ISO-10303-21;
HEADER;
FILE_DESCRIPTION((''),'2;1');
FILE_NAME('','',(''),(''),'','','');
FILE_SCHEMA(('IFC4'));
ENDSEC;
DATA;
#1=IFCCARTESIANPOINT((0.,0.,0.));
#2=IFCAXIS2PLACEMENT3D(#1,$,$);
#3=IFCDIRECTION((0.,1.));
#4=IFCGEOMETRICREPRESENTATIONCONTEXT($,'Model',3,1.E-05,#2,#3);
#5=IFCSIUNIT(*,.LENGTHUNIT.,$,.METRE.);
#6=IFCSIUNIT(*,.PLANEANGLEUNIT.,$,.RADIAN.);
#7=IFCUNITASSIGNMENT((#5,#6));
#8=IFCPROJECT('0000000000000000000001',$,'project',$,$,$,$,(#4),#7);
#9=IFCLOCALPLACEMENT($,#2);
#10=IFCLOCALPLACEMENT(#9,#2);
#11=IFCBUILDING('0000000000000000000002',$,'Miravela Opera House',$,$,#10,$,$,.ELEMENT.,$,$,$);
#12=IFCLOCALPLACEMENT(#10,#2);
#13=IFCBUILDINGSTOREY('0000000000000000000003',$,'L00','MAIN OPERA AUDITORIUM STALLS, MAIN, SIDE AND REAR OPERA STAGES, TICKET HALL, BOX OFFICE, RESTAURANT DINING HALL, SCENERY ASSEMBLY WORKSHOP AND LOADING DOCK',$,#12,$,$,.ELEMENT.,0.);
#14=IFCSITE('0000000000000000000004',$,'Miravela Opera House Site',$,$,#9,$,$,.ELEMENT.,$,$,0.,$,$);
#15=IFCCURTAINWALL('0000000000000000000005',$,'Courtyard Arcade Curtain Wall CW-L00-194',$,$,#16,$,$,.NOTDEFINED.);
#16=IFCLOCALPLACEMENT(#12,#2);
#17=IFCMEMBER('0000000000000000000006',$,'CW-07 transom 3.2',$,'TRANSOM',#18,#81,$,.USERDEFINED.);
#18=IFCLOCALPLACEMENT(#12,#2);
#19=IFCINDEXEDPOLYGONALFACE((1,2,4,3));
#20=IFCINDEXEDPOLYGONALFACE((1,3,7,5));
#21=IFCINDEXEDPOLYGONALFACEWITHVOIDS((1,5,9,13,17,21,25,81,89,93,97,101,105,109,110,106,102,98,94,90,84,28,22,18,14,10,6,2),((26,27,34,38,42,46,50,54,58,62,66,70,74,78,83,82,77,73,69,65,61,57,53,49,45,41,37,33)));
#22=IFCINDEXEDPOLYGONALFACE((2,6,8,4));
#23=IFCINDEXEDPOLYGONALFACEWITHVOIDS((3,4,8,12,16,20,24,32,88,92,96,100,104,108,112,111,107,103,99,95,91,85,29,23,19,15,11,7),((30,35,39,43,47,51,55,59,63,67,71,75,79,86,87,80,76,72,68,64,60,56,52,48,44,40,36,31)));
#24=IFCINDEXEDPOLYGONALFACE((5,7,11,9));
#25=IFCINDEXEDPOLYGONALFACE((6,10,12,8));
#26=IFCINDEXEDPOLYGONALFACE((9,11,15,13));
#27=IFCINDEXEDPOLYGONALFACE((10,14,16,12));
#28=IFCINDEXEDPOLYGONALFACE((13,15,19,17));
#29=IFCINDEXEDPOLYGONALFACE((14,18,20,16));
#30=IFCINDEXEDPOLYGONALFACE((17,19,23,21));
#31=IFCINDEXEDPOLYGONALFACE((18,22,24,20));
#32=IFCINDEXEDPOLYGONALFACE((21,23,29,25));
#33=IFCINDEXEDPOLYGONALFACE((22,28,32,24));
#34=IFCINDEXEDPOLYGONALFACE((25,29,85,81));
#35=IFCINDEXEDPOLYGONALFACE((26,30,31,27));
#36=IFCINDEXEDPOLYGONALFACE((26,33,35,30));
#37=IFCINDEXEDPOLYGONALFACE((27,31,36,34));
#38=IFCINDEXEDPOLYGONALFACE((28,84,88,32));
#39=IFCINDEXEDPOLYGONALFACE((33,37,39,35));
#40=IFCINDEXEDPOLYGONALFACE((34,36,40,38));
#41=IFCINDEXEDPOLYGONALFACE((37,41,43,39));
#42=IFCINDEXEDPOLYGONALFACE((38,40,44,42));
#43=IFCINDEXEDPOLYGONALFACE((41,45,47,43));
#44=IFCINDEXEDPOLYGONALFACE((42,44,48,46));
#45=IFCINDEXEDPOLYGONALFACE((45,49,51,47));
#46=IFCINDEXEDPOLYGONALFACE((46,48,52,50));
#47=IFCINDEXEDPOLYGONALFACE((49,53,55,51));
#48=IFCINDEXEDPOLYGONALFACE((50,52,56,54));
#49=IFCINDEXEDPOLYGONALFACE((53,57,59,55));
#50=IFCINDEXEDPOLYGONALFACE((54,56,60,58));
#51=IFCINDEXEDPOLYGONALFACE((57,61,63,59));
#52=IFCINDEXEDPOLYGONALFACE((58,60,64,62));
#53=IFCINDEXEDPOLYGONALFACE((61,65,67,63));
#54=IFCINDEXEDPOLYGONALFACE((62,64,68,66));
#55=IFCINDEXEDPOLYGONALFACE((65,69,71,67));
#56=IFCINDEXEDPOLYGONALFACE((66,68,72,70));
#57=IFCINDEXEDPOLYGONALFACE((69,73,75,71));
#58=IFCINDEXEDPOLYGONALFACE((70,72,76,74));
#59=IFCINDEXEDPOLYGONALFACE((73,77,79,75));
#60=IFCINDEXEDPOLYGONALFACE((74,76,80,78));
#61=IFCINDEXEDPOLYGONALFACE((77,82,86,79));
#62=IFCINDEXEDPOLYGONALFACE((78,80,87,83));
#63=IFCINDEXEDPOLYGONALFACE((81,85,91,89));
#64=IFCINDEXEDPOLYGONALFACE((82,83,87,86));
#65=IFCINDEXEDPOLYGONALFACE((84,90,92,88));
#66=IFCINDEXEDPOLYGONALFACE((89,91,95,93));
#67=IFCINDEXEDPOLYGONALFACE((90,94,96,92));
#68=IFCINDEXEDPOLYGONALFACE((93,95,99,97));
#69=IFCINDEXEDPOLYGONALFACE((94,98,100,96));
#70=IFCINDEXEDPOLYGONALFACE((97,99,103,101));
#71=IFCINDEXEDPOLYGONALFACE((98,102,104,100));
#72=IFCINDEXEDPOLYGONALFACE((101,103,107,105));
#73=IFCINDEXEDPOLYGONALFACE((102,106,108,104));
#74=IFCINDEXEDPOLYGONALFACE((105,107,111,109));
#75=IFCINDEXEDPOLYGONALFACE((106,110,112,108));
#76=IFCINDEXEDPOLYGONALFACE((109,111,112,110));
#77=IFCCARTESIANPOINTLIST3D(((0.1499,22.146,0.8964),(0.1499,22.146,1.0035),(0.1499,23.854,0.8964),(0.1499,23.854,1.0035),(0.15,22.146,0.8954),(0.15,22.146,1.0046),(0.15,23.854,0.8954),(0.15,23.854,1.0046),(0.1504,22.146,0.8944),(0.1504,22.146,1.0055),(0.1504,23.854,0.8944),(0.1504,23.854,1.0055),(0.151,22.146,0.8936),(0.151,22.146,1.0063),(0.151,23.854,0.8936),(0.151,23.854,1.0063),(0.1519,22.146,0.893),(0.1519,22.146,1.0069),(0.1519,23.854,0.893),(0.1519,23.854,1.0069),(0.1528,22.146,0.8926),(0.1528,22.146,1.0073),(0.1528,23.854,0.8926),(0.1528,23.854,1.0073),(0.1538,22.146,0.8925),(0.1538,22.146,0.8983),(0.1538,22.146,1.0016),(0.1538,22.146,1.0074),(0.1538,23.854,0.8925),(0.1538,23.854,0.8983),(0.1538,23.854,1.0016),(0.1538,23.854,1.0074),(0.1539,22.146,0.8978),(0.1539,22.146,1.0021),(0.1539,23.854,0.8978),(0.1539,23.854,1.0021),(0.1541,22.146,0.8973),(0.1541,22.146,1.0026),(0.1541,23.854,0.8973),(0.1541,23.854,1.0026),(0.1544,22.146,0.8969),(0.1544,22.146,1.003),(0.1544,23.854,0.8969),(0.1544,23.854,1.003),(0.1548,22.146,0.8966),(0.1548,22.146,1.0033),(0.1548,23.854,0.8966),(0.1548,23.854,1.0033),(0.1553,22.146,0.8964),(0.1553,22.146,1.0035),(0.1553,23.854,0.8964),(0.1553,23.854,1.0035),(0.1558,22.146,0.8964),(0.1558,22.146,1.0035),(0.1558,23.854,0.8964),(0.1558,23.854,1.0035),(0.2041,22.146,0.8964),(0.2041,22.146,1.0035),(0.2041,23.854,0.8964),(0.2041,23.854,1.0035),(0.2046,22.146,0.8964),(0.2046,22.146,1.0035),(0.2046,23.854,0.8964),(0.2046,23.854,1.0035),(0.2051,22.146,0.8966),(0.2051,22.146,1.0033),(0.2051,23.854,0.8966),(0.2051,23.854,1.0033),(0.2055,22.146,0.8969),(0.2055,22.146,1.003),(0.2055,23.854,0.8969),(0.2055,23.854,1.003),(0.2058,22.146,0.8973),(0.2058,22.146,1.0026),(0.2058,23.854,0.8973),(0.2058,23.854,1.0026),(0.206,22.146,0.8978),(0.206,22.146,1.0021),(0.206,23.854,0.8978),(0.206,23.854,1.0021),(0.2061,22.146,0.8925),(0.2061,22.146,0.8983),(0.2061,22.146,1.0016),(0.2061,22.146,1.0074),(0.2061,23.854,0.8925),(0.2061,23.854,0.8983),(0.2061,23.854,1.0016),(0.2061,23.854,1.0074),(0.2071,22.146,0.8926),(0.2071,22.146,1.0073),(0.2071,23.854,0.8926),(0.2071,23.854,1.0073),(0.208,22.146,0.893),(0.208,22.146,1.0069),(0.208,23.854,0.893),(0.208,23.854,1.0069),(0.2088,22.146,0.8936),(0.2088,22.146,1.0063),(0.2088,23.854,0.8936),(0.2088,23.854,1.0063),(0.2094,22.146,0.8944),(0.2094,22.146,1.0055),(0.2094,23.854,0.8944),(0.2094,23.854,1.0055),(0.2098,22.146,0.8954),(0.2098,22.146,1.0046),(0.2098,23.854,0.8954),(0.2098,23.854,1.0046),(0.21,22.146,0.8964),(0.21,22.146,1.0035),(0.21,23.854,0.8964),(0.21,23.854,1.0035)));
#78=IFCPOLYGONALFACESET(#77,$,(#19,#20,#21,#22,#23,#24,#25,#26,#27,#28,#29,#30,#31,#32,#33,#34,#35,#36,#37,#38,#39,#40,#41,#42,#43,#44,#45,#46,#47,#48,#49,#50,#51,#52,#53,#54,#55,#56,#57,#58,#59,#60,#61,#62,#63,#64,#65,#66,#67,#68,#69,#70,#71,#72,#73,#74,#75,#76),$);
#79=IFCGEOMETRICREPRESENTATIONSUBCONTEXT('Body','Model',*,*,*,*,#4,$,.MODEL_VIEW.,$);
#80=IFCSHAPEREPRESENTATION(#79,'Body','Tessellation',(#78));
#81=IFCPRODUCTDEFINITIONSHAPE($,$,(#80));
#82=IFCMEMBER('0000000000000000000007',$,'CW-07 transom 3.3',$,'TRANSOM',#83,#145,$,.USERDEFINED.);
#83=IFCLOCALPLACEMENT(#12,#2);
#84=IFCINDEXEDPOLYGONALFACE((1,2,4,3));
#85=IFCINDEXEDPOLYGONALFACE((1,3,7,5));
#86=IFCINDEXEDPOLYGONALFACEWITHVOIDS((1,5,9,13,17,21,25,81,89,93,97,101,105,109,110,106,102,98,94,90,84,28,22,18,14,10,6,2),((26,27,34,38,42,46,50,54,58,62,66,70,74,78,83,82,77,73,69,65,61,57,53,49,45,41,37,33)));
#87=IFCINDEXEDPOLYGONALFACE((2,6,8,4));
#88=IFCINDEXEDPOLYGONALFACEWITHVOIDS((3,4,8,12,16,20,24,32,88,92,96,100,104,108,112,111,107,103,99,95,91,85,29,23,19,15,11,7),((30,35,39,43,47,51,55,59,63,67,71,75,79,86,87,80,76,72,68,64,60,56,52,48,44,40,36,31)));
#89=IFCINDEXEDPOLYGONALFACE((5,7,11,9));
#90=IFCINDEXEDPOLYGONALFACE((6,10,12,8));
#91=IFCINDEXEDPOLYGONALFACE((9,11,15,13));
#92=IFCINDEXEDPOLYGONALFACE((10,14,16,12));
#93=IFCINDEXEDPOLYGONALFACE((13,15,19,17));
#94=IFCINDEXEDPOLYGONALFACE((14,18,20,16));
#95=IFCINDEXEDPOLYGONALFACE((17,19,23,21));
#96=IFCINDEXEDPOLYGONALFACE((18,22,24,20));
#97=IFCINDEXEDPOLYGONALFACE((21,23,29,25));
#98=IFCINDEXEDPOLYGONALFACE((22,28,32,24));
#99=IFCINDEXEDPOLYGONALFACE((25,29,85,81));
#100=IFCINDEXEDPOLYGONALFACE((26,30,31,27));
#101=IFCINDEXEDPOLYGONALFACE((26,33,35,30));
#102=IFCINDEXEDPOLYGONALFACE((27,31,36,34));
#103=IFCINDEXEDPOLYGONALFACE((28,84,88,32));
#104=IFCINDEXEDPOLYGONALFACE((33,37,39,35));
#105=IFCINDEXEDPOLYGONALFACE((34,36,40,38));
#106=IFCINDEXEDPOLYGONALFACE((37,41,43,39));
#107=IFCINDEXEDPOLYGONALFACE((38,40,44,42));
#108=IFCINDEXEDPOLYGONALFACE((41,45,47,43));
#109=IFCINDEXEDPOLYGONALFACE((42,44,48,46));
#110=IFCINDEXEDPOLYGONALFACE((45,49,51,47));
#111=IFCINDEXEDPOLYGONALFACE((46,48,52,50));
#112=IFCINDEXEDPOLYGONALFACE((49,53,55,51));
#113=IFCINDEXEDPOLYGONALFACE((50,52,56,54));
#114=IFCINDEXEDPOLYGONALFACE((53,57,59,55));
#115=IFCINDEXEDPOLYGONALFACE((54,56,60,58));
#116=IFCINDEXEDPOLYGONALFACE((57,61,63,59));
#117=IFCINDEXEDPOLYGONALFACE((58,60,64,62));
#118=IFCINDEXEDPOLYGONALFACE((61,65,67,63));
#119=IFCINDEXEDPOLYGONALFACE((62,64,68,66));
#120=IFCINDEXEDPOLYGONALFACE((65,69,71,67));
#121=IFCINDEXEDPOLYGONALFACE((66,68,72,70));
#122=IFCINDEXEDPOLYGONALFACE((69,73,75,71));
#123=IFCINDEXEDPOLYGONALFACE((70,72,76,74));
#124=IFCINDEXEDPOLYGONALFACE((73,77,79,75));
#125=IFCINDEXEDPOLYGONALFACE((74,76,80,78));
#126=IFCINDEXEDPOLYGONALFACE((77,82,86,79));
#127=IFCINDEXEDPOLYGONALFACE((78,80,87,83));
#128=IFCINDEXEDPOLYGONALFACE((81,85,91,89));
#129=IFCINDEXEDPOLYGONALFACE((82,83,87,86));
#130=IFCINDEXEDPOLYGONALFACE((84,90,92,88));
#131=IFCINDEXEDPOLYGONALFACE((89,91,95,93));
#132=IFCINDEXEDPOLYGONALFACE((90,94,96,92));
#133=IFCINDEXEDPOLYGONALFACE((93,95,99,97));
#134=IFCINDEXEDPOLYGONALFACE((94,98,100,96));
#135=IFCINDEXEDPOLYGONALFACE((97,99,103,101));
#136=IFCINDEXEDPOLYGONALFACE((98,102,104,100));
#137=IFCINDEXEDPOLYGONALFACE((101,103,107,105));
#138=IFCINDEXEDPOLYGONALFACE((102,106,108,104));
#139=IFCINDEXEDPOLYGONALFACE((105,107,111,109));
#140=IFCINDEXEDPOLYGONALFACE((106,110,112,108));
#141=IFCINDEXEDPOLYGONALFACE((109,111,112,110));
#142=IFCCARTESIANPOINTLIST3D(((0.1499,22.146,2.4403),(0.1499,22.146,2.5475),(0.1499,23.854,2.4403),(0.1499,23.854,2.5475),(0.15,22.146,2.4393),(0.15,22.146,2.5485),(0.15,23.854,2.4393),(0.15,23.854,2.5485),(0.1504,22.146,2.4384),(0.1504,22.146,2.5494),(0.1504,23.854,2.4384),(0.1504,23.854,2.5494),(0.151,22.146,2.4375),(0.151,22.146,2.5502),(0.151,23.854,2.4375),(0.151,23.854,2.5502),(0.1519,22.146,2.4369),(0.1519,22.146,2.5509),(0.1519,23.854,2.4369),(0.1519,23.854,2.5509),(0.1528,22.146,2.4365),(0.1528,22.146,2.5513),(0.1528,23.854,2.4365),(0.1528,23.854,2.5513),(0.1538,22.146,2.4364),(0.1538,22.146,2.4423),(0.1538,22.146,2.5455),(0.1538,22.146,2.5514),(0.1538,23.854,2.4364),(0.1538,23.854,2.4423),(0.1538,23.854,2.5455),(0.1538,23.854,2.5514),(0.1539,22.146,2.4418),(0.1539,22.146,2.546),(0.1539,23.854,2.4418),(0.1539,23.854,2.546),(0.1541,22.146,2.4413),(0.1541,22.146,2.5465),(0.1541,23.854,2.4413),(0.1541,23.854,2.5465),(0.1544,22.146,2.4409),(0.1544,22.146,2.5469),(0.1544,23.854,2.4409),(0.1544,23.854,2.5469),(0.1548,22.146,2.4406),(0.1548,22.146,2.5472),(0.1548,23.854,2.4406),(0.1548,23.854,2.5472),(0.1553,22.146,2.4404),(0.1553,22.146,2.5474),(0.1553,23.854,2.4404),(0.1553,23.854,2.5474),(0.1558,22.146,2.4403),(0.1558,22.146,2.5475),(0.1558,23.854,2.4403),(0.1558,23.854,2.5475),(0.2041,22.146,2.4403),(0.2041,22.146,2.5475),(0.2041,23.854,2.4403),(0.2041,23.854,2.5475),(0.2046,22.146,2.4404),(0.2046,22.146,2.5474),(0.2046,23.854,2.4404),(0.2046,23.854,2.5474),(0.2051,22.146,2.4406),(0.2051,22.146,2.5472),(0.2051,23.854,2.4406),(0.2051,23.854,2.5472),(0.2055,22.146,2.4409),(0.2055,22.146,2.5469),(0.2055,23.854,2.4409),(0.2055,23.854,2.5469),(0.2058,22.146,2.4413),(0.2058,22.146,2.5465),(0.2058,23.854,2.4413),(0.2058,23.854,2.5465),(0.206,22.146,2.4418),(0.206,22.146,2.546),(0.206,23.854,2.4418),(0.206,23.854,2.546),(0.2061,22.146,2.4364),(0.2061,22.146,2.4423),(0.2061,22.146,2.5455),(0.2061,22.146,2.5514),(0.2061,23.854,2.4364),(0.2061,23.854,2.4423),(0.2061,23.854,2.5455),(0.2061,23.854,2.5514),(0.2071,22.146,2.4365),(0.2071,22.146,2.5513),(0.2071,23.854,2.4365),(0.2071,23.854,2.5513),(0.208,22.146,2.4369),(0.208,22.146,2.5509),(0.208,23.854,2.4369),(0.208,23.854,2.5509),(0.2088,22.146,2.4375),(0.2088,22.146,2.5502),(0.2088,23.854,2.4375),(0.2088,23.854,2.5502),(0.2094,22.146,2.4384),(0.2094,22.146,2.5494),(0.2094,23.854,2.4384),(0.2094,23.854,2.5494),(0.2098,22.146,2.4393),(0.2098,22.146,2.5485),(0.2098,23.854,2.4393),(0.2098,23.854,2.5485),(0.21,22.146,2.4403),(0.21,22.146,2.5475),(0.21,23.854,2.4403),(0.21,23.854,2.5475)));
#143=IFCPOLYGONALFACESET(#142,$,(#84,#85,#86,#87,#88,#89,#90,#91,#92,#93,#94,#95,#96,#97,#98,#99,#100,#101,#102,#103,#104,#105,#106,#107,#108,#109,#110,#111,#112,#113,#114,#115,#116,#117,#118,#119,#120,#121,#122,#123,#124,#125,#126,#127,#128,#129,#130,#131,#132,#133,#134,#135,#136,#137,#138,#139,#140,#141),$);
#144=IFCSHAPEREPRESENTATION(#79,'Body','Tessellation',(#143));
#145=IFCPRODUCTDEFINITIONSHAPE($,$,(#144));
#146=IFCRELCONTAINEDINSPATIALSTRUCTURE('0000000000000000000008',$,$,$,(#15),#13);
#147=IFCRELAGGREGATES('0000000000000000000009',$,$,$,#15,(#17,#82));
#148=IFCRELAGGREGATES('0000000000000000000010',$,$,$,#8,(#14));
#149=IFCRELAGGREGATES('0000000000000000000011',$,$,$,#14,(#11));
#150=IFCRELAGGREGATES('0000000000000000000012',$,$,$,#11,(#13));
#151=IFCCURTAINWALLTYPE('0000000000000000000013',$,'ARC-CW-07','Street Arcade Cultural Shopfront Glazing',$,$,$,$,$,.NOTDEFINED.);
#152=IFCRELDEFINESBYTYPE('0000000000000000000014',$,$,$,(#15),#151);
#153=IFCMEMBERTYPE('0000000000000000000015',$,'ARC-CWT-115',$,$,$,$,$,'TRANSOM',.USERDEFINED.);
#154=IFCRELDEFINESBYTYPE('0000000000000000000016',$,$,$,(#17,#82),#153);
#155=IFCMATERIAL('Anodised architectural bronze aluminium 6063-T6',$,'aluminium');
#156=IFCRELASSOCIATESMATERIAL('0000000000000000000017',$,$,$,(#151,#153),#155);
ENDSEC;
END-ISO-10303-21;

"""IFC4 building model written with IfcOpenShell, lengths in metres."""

from ifc_helpers import new_model, si_unit, direction, frame, origin, origin_2d, place, context, subcontext, project, spatial, hollow_rectangle, extrude, material, material_profile, profile_set, type_object, element, aggregate, save


model = new_model("IFC4")

# Units and contexts
model_context = context("Model", 3, precision=1e-05, world=origin(), true_north=direction((0.0, 1.0)))
body_context = subcontext(model_context, "Body", "Model", "MODEL_VIEW")
ifc_project = project(units=[si_unit("LENGTHUNIT", "METRE"), si_unit("PLANEANGLEUNIT", "RADIAN")], contexts=[model_context])

# Site, building, storey
site_placement = place(None, origin())
site = spatial("IfcSite", under=ifc_project, at=site_placement, Name="Miravela Opera House Site", CompositionType="ELEMENT", RefElevation=0.0)
building_placement = place(site_placement, origin())
building = spatial("IfcBuilding", under=site, at=building_placement, Name="Miravela Opera House", CompositionType="ELEMENT")
storey_placement = place(building_placement, origin())
storey = spatial("IfcBuildingStorey", under=building, at=storey_placement, Name="L00", Description="MAIN OPERA AUDITORIUM STALLS, MAIN, SIDE AND REAR OPERA STAGES, TICKET HALL, BOX OFFICE, RESTAURANT DINING HALL, SCENERY ASSEMBLY WORKSHOP AND LOADING DOCK", CompositionType="ELEMENT", Elevation=0.0)

# Curtain wall, members
ifc_material_1 = material(Name="Anodised architectural bronze aluminium 6063-T6", Category="aluminium")
curtain_wall_type = type_object("IfcCurtainWallType", Name="ARC-CW-07", Description="Street Arcade Cultural Shopfront Glazing", PredefinedType="NOTDEFINED", material=ifc_material_1)
curtain_wall_placement = place(storey_placement, origin())
curtain_wall = element("IfcCurtainWall", 1, at=curtain_wall_placement, inside=storey, type_object=curtain_wall_type, Name="Courtyard Arcade Curtain Wall CW-L00-194", PredefinedType="NOTDEFINED")
ifc_material_profile_1 = material_profile(ifc_material_1, hollow_rectangle(XDim=0.0601, YDim=0.115, WallThickness=0.0039, InnerFilletRadius=0.002, OuterFilletRadius=0.0039, at=origin_2d()), Name="CWT-60X115")
ifc_profile_set_1 = profile_set([ifc_material_profile_1])
member_type_1 = type_object("IfcMemberType", Name="ARC-CWT-115", ElementType="TRANSOM", PredefinedType="USERDEFINED", material=ifc_profile_set_1)
member_1_placement = place(storey_placement, frame((0.1799, 22.146, 0.95), z_axis=(0.0, 1.0, 0.0), x_axis=(-1.0, 0.0, 0.0)))
member_1 = element("IfcMember", 2, at=member_1_placement, type_object=member_type_1, Name="CW-07 transom 3.2", ObjectType="TRANSOM", PredefinedType="USERDEFINED", context=body_context, shape_type="SweptSolid", body=[
    extrude(hollow_rectangle(XDim=0.0601, YDim=0.115, WallThickness=0.0039, InnerFilletRadius=0.002, OuterFilletRadius=0.0039, at=origin_2d()), origin(), (0.0, 0.0, 1.0), 1.708),
])
member_2_placement = place(storey_placement, frame((0.1799, 22.146, 2.4939), z_axis=(0.0, 1.0, 0.0), x_axis=(-1.0, 0.0, 0.0)))
member_2 = element("IfcMember", 3, at=member_2_placement, type_object=member_type_1, Name="CW-07 transom 3.3", ObjectType="TRANSOM", PredefinedType="USERDEFINED", context=body_context, shape_type="SweptSolid", body=[
    extrude(hollow_rectangle(XDim=0.0601, YDim=0.115, WallThickness=0.0039, InnerFilletRadius=0.002, OuterFilletRadius=0.0039, at=origin_2d()), origin(), (0.0, 0.0, 1.0), 1.708),
])

aggregate(curtain_wall, [member_1, member_2])

save(model, "model.ifc")
